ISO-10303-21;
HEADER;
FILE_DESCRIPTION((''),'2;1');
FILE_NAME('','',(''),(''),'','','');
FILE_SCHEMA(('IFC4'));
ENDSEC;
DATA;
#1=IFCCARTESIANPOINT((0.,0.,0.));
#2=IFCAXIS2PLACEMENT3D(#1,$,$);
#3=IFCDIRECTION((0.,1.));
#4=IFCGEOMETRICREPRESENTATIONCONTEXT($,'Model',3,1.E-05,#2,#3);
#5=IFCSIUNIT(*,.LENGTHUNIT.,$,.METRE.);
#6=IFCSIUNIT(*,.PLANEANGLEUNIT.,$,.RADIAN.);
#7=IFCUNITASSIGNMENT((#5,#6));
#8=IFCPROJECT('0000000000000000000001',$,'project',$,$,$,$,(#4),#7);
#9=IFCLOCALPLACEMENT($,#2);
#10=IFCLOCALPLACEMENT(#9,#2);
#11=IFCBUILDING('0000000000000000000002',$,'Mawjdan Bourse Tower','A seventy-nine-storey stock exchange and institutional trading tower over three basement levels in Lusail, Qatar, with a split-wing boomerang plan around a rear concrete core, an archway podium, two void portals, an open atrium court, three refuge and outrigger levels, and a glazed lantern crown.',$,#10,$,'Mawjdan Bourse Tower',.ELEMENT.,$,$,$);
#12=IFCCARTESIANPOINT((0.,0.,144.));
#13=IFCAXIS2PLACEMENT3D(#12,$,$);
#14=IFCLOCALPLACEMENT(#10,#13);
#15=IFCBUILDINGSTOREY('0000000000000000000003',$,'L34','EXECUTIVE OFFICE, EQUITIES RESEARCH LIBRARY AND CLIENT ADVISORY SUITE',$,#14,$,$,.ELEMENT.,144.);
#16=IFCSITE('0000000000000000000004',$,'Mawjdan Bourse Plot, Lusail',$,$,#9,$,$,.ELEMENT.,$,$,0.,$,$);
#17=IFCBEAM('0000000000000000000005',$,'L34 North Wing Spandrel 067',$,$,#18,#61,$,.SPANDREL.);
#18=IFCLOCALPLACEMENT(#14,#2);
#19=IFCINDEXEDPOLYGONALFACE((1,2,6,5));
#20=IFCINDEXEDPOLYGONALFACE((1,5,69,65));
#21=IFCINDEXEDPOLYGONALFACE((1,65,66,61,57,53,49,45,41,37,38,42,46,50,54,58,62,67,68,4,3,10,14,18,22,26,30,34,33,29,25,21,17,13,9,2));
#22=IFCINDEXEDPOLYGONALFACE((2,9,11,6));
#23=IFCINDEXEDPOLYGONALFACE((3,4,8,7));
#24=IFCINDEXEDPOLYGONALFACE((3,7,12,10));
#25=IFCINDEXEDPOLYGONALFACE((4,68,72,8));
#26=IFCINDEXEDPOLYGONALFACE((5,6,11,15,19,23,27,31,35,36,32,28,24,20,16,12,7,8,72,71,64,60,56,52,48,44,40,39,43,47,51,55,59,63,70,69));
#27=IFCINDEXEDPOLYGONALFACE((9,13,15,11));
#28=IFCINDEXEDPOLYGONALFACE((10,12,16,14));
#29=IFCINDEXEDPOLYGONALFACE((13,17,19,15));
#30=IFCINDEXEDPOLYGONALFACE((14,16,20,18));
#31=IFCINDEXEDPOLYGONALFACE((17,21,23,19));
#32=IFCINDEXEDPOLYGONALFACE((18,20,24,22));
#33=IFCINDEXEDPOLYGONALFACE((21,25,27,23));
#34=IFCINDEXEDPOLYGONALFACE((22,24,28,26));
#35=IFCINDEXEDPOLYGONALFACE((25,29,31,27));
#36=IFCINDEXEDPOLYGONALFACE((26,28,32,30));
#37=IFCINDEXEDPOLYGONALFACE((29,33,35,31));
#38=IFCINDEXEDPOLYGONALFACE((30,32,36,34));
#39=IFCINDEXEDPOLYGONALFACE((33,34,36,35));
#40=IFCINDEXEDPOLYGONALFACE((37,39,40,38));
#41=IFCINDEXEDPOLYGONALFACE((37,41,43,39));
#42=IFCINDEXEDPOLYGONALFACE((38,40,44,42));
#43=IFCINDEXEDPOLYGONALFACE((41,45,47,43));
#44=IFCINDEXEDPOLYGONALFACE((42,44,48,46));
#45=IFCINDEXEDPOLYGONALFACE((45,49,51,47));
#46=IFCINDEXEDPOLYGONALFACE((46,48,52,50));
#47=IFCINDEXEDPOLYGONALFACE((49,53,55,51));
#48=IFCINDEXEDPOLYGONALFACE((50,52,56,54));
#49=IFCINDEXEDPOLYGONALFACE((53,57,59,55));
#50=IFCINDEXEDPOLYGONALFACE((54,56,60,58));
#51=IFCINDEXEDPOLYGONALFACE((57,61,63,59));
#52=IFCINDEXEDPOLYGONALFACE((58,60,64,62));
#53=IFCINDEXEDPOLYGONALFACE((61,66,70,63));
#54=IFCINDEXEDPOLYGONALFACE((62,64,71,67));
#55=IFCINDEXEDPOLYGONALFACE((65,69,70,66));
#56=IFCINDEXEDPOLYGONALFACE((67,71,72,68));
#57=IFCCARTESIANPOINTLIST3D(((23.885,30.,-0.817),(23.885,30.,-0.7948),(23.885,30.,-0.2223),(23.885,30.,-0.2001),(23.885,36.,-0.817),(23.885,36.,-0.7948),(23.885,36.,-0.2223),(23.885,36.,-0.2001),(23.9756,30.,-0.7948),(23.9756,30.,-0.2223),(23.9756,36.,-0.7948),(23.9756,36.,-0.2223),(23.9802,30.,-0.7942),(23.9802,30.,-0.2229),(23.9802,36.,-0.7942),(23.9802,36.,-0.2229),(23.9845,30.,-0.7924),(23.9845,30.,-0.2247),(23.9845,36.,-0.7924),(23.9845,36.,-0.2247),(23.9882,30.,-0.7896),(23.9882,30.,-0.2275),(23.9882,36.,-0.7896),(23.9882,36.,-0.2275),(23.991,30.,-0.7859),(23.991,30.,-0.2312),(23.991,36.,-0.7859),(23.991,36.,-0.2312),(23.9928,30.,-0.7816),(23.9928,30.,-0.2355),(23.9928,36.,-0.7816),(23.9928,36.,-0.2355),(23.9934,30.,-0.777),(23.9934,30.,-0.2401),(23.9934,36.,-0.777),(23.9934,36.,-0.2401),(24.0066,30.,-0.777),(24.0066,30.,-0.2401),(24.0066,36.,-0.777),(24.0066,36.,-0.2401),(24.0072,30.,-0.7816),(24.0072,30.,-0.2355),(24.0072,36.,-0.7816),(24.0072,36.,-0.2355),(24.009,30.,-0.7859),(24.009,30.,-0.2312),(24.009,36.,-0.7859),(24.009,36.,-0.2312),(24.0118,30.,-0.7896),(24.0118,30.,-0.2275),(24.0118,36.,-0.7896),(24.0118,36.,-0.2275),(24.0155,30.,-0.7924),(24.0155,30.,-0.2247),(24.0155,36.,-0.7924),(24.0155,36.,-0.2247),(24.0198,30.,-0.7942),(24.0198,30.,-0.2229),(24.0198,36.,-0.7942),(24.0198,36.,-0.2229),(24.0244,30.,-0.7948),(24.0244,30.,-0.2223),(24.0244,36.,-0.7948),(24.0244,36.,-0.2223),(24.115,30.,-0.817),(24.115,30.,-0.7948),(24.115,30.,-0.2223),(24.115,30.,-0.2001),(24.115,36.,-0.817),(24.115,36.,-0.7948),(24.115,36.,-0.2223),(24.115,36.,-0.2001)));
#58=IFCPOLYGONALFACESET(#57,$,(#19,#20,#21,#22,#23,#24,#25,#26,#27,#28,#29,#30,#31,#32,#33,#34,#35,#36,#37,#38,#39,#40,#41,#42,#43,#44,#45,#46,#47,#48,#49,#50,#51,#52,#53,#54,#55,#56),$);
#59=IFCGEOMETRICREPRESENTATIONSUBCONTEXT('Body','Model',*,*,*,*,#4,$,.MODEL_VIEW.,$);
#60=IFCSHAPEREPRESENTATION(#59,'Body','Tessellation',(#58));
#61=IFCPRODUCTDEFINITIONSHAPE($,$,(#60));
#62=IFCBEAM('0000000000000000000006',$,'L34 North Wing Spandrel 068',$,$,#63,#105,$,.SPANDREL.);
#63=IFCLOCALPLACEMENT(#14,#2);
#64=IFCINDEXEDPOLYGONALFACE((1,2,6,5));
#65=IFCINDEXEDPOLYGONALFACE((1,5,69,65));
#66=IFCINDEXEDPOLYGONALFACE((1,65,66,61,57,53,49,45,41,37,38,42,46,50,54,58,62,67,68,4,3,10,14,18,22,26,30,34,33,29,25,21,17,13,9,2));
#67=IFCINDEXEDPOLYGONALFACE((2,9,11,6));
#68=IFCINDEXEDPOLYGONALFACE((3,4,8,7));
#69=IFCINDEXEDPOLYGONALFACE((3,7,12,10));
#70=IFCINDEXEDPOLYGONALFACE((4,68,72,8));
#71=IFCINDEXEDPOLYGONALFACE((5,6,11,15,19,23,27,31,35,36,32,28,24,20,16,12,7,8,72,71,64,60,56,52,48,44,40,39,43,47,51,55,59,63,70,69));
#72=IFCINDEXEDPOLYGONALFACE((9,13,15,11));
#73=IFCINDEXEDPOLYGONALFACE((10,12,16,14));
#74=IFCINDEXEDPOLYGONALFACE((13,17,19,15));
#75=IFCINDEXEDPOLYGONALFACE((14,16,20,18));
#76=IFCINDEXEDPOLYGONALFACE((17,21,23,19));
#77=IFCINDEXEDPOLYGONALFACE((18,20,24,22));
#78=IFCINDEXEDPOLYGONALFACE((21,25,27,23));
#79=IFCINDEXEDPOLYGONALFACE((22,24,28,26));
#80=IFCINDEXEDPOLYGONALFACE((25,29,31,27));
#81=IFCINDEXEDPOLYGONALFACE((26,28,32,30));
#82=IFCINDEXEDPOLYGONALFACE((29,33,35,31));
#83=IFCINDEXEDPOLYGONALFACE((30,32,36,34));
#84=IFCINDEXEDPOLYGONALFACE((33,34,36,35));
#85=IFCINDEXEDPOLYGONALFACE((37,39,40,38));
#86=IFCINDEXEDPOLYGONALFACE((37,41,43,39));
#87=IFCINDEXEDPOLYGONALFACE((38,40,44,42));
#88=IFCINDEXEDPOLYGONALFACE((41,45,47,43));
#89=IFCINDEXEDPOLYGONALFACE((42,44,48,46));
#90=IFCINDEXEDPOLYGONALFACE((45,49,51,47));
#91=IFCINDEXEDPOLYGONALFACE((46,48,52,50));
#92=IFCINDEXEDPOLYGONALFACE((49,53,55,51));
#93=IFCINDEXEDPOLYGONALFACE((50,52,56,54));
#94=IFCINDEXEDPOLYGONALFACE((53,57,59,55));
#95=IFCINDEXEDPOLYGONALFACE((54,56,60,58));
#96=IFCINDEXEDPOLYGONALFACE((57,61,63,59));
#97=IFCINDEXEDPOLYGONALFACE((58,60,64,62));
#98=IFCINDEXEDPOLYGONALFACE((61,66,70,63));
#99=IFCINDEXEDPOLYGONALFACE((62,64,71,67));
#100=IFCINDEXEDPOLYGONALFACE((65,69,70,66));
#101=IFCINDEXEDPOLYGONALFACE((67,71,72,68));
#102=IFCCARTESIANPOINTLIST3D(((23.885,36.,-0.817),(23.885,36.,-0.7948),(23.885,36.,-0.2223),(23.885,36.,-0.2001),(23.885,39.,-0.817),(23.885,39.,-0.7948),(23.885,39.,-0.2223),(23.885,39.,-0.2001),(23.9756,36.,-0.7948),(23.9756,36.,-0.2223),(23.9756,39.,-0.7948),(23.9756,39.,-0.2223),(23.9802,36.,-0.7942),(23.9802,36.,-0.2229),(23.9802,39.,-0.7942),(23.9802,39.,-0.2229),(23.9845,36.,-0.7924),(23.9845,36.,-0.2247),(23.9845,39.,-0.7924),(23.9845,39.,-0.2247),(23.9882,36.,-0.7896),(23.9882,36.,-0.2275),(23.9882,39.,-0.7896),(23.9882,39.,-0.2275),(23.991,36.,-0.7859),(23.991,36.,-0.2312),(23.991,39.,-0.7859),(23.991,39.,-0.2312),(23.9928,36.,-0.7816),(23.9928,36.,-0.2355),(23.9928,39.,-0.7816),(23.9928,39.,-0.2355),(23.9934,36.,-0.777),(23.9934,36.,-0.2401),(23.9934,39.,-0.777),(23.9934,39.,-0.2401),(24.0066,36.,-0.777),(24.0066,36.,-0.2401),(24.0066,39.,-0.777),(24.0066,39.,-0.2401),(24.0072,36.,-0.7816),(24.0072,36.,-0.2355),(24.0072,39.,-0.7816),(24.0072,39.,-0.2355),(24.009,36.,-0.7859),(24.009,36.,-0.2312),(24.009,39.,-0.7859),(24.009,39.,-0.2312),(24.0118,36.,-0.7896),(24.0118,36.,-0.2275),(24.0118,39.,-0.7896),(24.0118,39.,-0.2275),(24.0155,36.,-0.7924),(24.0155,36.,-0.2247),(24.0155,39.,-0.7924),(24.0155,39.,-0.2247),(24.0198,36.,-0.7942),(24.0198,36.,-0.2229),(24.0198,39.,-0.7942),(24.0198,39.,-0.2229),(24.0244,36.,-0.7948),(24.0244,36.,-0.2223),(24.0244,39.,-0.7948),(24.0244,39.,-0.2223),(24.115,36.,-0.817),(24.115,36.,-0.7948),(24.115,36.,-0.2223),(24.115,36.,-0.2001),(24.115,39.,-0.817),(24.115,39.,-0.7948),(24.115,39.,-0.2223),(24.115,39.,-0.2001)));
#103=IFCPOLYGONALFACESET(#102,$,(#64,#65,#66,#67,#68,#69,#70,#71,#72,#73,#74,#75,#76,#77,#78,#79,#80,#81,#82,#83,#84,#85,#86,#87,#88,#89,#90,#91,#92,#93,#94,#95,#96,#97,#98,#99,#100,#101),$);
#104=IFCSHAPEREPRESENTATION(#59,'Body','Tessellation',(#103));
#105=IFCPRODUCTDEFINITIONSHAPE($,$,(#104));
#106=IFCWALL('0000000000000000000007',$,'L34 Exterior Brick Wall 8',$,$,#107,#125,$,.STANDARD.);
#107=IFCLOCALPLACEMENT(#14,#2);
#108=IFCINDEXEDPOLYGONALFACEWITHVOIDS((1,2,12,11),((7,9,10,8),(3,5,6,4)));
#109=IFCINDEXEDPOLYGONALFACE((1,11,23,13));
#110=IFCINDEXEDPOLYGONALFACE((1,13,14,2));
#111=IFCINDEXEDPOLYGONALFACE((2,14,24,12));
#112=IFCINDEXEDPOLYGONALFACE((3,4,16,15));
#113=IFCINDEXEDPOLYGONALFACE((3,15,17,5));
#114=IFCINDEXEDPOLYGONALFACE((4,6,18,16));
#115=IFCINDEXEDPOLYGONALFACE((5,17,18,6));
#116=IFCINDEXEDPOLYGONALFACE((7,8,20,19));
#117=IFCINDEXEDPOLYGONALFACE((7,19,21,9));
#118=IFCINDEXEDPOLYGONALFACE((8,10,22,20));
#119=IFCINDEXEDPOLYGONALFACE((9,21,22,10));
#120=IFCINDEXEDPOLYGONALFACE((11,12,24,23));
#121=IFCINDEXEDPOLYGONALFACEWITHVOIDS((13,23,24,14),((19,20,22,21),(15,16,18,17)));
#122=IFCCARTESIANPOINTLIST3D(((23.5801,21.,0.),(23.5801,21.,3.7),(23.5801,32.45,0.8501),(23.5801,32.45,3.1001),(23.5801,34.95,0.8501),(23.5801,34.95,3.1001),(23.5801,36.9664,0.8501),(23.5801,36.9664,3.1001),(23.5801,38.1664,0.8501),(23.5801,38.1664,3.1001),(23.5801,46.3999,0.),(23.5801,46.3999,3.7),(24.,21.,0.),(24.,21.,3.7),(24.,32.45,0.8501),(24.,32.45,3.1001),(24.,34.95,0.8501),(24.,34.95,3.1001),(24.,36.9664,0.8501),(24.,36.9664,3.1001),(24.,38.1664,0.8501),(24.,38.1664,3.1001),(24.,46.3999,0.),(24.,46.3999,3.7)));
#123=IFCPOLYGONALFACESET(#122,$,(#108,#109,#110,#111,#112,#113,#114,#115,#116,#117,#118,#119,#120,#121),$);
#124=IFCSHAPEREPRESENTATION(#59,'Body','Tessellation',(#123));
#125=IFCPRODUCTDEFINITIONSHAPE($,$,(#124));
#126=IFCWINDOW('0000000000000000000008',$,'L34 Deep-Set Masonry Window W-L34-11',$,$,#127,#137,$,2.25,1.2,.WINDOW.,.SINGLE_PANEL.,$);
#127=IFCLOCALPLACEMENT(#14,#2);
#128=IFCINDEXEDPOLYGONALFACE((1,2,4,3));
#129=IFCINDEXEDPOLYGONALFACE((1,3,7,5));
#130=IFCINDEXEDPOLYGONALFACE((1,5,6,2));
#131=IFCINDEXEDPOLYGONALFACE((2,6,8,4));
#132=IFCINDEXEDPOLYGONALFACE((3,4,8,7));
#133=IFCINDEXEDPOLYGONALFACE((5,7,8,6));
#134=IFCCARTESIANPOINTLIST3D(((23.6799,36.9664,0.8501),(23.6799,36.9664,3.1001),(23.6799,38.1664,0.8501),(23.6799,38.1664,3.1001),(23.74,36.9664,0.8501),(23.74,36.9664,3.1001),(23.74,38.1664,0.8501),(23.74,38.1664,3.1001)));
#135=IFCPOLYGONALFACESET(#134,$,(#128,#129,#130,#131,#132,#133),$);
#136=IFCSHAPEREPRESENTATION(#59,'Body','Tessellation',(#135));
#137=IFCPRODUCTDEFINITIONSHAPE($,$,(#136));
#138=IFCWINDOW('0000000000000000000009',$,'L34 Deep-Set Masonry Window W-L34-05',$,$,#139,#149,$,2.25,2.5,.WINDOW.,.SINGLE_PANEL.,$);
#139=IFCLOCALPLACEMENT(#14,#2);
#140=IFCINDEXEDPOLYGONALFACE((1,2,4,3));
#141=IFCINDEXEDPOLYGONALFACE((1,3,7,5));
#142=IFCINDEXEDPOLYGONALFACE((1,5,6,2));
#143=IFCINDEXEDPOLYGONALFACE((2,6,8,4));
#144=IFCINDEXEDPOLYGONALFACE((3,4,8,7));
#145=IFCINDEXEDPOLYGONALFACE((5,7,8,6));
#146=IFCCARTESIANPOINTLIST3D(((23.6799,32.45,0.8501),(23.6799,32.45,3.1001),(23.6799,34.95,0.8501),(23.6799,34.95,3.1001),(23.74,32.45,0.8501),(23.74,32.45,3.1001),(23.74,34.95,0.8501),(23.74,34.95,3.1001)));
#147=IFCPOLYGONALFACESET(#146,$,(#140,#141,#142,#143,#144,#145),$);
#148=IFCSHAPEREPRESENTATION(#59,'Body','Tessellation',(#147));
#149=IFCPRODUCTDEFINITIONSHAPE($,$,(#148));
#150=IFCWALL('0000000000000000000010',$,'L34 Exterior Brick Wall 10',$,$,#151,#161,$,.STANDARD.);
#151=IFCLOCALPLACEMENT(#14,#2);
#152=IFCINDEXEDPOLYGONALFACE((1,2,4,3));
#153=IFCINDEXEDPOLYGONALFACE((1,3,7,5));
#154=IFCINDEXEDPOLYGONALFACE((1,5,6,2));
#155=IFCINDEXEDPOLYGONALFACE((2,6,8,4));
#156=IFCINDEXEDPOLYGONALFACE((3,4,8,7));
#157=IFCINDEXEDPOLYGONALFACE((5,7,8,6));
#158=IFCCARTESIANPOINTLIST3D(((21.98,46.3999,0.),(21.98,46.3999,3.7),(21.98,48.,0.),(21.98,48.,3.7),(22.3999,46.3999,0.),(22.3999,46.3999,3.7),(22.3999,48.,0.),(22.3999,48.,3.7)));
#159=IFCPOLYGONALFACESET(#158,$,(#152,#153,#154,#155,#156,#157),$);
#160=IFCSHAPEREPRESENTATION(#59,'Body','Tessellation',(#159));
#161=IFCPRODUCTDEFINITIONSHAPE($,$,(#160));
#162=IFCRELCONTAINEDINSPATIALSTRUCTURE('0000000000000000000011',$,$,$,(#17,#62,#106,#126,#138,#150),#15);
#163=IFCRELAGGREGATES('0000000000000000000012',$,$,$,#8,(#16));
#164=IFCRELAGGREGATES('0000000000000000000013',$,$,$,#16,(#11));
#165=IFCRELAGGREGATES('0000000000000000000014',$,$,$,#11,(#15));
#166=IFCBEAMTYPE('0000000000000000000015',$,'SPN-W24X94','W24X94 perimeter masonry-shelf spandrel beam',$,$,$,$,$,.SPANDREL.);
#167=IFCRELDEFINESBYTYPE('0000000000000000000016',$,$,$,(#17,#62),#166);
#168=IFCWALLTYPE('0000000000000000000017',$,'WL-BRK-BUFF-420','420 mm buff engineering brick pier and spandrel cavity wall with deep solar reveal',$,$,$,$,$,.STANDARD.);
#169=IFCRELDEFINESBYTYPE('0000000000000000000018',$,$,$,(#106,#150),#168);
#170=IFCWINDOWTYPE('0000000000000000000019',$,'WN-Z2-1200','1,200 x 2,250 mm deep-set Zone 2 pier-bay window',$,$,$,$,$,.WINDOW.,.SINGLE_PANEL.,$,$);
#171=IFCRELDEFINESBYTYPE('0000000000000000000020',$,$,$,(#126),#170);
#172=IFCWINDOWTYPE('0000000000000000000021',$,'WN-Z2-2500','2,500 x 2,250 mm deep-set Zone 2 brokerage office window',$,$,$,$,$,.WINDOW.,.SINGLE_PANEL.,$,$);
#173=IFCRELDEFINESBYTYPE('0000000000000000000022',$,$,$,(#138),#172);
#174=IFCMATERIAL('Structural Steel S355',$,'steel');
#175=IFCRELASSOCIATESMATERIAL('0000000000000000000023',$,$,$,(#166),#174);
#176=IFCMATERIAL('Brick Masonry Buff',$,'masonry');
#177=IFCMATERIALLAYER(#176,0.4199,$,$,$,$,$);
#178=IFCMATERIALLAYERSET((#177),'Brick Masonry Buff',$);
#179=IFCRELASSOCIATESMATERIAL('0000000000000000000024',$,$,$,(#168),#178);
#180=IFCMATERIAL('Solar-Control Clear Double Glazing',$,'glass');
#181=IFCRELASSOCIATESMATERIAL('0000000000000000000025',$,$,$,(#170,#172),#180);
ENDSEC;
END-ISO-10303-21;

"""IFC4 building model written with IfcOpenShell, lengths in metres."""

from ifc_helpers import new_model, si_unit, direction, frame, frame_2d, origin, origin_2d, place, context, subcontext, project, spatial, rectangle, i_section, extrude, material, layer, layer_set, material_profile, profile_set, type_object, element, fill, save


model = new_model("IFC4")

# Units and contexts
model_context = context("Model", 3, precision=1e-05, world=origin(), true_north=direction((0.0, 1.0)))
body_context = subcontext(model_context, "Body", "Model", "MODEL_VIEW")
ifc_project = project(units=[si_unit("LENGTHUNIT", "METRE"), si_unit("PLANEANGLEUNIT", "RADIAN")], contexts=[model_context])

# Site, building, storey
site_placement = place(None, origin())
site = spatial("IfcSite", under=ifc_project, at=site_placement, Name="Mawjdan Bourse Plot, Lusail", CompositionType="ELEMENT", RefElevation=0.0)
building_placement = place(site_placement, origin())
building = spatial("IfcBuilding", under=site, at=building_placement, Name="Mawjdan Bourse Tower", Description="A seventy-nine-storey stock exchange and institutional trading tower over three basement levels in Lusail, Qatar, with a split-wing boomerang plan around a rear concrete core, an archway podium, two void portals, an open atrium court, three refuge and outrigger levels, and a glazed lantern crown.", LongName="Mawjdan Bourse Tower", CompositionType="ELEMENT")
storey_placement = place(building_placement, frame((0.0, 0.0, 144.0)))
storey = spatial("IfcBuildingStorey", under=building, at=storey_placement, Name="L34", Description="EXECUTIVE OFFICE, EQUITIES RESEARCH LIBRARY AND CLIENT ADVISORY SUITE", CompositionType="ELEMENT", Elevation=144.0)

# Beams
ifc_material_1 = material(Name="Structural Steel S355", Category="steel")
ifc_material_profile_1 = material_profile(ifc_material_1, i_section(OverallWidth=0.23, OverallDepth=0.6169, WebThickness=0.0132, FlangeThickness=0.0222, FilletRadius=0.0178, at=origin_2d()), Name="W24X94")
ifc_profile_set_1 = profile_set([ifc_material_profile_1], Name="Structural Steel S355")
beam_type_1 = type_object("IfcBeamType", Name="SPN-W24X94", Description="W24X94 perimeter masonry-shelf spandrel beam", PredefinedType="SPANDREL", material=ifc_profile_set_1)
for number, where, z_axis, x_axis, name in (
    (1, (24.0, 30.0, -0.5085), (0.0, 1.0, 0.0), (-1.0, 0.0, 0.0), "L34 North Wing Spandrel 067"),
):
    element("IfcBeam", number, at=place(storey_placement, frame(where, z_axis=z_axis, x_axis=x_axis)), inside=storey, type_object=beam_type_1, Name=name, PredefinedType="SPANDREL", context=body_context, shape_type="SweptSolid", body=[
        extrude(i_section(OverallWidth=0.23, OverallDepth=0.6169, WebThickness=0.0132, FlangeThickness=0.0222, FilletRadius=0.0178, at=origin_2d()), origin(), (0.0, 0.0, 1.0), 6.0),
    ])
beam_1_placement = place(storey_placement, frame((24.0, 36.0, -0.5085), z_axis=(0.0, 1.0, 0.0), x_axis=(-1.0, 0.0, 0.0)))
element("IfcBeam", 2, at=beam_1_placement, inside=storey, type_object=beam_type_1, Name="L34 North Wing Spandrel 068", PredefinedType="SPANDREL", context=body_context, shape_type="SweptSolid", body=[
    extrude(i_section(OverallWidth=0.23, OverallDepth=0.6169, WebThickness=0.0132, FlangeThickness=0.0222, FilletRadius=0.0178, at=origin_2d()), origin(), (0.0, 0.0, 1.0), 3.0),
])

# Wall, openings, windows
ifc_material_2 = material(Name="Brick Masonry Buff", Category="masonry")
ifc_layer_1 = layer(ifc_material_2, 0.4199)
ifc_layer_set_1 = layer_set([ifc_layer_1], Name="Brick Masonry Buff")
wall_type_1 = type_object("IfcWallType", Name="WL-BRK-BUFF-420", Description="420 mm buff engineering brick pier and spandrel cavity wall with deep solar reveal", PredefinedType="STANDARD", material=ifc_layer_set_1)
wall_1_placement = place(storey_placement, frame((23.79, 21.0, 0.0), z_axis=(0.0, 0.0, 1.0), x_axis=(0.0, 1.0, 0.0)))
wall_1 = element("IfcWall", 3, at=wall_1_placement, inside=storey, type_object=wall_type_1, Name="L34 Exterior Brick Wall 8", PredefinedType="STANDARD", context=body_context, shape_type="SweptSolid", body=[
    extrude(rectangle(XDim=25.3999, YDim=0.4199, at=frame_2d((12.7, 0.0))), origin(), (0.0, 0.0, 1.0), 3.7),
])
opening_1_placement = place(wall_1_placement, frame((11.45, 0.0, 0.8501)))
opening_1 = element("IfcOpeningElement", 4, at=opening_1_placement, cuts=wall_1, PredefinedType="OPENING", context=body_context, shape_type="SweptSolid", body=[
    extrude(rectangle(XDim=2.5, YDim=2.25, at=frame_2d((1.25, 1.125))), frame((0.0, 0.22, 0.0), z_axis=(0.0, -1.0, 0.0), x_axis=(1.0, 0.0, 0.0)), (0.0, 0.0, 1.0), 0.4399),
])
opening_2_placement = place(wall_1_placement, frame((15.9663, 0.0, 0.8501)))
opening_2 = element("IfcOpeningElement", 5, at=opening_2_placement, cuts=wall_1, PredefinedType="OPENING", context=body_context, shape_type="SweptSolid", body=[
    extrude(rectangle(XDim=1.2, YDim=2.25, at=frame_2d((0.6001, 1.125))), frame((0.0, 0.22, 0.0), z_axis=(0.0, -1.0, 0.0), x_axis=(1.0, 0.0, 0.0)), (0.0, 0.0, 1.0), 0.4399),
])
ifc_material_3 = material(Name="Solar-Control Clear Double Glazing", Category="glass")
window_type_1 = type_object("IfcWindowType", Name="WN-Z2-1200", Description="1,200 x 2,250 mm deep-set Zone 2 pier-bay window", PartitioningType="SINGLE_PANEL", PredefinedType="WINDOW", material=ifc_material_3)
window_1_placement = place(opening_2_placement, origin())
window_1 = element("IfcWindow", 6, at=window_1_placement, inside=storey, type_object=window_type_1, Name="L34 Deep-Set Masonry Window W-L34-11", OverallHeight=2.25, OverallWidth=1.2, PartitioningType="SINGLE_PANEL", PredefinedType="WINDOW", context=body_context, shape_type="SweptSolid", body=[
    extrude(rectangle(XDim=1.2, YDim=2.25, at=frame_2d((0.6001, 1.125))), frame((0.0, 0.1101, 0.0), z_axis=(0.0, -1.0, 0.0), x_axis=(1.0, 0.0, 0.0)), (0.0, 0.0, 1.0), 0.0601),
])
fill(opening_2, window_1)
window_type_2 = type_object("IfcWindowType", Name="WN-Z2-2500", Description="2,500 x 2,250 mm deep-set Zone 2 brokerage office window", PartitioningType="SINGLE_PANEL", PredefinedType="WINDOW", material=ifc_material_3)
window_2_placement = place(opening_1_placement, origin())
window_2 = element("IfcWindow", 7, at=window_2_placement, inside=storey, type_object=window_type_2, Name="L34 Deep-Set Masonry Window W-L34-05", OverallHeight=2.25, OverallWidth=2.5, PartitioningType="SINGLE_PANEL", PredefinedType="WINDOW", context=body_context, shape_type="SweptSolid", body=[
    extrude(rectangle(XDim=2.5, YDim=2.25, at=frame_2d((1.25, 1.125))), frame((0.0, 0.1101, 0.0), z_axis=(0.0, -1.0, 0.0), x_axis=(1.0, 0.0, 0.0)), (0.0, 0.0, 1.0), 0.0601),
])
fill(opening_1, window_2)

# Wall
wall_2_placement = place(storey_placement, frame((22.1899, 46.3999, 0.0), z_axis=(0.0, 0.0, 1.0), x_axis=(0.0, 1.0, 0.0)))
element("IfcWall", 8, at=wall_2_placement, inside=storey, type_object=wall_type_1, Name="L34 Exterior Brick Wall 10", PredefinedType="STANDARD", context=body_context, shape_type="SweptSolid", body=[
    extrude(rectangle(XDim=1.6001, YDim=0.4199, at=frame_2d((0.8, 0.0))), origin(), (0.0, 0.0, 1.0), 3.7),
])

save(model, "model.ifc")
